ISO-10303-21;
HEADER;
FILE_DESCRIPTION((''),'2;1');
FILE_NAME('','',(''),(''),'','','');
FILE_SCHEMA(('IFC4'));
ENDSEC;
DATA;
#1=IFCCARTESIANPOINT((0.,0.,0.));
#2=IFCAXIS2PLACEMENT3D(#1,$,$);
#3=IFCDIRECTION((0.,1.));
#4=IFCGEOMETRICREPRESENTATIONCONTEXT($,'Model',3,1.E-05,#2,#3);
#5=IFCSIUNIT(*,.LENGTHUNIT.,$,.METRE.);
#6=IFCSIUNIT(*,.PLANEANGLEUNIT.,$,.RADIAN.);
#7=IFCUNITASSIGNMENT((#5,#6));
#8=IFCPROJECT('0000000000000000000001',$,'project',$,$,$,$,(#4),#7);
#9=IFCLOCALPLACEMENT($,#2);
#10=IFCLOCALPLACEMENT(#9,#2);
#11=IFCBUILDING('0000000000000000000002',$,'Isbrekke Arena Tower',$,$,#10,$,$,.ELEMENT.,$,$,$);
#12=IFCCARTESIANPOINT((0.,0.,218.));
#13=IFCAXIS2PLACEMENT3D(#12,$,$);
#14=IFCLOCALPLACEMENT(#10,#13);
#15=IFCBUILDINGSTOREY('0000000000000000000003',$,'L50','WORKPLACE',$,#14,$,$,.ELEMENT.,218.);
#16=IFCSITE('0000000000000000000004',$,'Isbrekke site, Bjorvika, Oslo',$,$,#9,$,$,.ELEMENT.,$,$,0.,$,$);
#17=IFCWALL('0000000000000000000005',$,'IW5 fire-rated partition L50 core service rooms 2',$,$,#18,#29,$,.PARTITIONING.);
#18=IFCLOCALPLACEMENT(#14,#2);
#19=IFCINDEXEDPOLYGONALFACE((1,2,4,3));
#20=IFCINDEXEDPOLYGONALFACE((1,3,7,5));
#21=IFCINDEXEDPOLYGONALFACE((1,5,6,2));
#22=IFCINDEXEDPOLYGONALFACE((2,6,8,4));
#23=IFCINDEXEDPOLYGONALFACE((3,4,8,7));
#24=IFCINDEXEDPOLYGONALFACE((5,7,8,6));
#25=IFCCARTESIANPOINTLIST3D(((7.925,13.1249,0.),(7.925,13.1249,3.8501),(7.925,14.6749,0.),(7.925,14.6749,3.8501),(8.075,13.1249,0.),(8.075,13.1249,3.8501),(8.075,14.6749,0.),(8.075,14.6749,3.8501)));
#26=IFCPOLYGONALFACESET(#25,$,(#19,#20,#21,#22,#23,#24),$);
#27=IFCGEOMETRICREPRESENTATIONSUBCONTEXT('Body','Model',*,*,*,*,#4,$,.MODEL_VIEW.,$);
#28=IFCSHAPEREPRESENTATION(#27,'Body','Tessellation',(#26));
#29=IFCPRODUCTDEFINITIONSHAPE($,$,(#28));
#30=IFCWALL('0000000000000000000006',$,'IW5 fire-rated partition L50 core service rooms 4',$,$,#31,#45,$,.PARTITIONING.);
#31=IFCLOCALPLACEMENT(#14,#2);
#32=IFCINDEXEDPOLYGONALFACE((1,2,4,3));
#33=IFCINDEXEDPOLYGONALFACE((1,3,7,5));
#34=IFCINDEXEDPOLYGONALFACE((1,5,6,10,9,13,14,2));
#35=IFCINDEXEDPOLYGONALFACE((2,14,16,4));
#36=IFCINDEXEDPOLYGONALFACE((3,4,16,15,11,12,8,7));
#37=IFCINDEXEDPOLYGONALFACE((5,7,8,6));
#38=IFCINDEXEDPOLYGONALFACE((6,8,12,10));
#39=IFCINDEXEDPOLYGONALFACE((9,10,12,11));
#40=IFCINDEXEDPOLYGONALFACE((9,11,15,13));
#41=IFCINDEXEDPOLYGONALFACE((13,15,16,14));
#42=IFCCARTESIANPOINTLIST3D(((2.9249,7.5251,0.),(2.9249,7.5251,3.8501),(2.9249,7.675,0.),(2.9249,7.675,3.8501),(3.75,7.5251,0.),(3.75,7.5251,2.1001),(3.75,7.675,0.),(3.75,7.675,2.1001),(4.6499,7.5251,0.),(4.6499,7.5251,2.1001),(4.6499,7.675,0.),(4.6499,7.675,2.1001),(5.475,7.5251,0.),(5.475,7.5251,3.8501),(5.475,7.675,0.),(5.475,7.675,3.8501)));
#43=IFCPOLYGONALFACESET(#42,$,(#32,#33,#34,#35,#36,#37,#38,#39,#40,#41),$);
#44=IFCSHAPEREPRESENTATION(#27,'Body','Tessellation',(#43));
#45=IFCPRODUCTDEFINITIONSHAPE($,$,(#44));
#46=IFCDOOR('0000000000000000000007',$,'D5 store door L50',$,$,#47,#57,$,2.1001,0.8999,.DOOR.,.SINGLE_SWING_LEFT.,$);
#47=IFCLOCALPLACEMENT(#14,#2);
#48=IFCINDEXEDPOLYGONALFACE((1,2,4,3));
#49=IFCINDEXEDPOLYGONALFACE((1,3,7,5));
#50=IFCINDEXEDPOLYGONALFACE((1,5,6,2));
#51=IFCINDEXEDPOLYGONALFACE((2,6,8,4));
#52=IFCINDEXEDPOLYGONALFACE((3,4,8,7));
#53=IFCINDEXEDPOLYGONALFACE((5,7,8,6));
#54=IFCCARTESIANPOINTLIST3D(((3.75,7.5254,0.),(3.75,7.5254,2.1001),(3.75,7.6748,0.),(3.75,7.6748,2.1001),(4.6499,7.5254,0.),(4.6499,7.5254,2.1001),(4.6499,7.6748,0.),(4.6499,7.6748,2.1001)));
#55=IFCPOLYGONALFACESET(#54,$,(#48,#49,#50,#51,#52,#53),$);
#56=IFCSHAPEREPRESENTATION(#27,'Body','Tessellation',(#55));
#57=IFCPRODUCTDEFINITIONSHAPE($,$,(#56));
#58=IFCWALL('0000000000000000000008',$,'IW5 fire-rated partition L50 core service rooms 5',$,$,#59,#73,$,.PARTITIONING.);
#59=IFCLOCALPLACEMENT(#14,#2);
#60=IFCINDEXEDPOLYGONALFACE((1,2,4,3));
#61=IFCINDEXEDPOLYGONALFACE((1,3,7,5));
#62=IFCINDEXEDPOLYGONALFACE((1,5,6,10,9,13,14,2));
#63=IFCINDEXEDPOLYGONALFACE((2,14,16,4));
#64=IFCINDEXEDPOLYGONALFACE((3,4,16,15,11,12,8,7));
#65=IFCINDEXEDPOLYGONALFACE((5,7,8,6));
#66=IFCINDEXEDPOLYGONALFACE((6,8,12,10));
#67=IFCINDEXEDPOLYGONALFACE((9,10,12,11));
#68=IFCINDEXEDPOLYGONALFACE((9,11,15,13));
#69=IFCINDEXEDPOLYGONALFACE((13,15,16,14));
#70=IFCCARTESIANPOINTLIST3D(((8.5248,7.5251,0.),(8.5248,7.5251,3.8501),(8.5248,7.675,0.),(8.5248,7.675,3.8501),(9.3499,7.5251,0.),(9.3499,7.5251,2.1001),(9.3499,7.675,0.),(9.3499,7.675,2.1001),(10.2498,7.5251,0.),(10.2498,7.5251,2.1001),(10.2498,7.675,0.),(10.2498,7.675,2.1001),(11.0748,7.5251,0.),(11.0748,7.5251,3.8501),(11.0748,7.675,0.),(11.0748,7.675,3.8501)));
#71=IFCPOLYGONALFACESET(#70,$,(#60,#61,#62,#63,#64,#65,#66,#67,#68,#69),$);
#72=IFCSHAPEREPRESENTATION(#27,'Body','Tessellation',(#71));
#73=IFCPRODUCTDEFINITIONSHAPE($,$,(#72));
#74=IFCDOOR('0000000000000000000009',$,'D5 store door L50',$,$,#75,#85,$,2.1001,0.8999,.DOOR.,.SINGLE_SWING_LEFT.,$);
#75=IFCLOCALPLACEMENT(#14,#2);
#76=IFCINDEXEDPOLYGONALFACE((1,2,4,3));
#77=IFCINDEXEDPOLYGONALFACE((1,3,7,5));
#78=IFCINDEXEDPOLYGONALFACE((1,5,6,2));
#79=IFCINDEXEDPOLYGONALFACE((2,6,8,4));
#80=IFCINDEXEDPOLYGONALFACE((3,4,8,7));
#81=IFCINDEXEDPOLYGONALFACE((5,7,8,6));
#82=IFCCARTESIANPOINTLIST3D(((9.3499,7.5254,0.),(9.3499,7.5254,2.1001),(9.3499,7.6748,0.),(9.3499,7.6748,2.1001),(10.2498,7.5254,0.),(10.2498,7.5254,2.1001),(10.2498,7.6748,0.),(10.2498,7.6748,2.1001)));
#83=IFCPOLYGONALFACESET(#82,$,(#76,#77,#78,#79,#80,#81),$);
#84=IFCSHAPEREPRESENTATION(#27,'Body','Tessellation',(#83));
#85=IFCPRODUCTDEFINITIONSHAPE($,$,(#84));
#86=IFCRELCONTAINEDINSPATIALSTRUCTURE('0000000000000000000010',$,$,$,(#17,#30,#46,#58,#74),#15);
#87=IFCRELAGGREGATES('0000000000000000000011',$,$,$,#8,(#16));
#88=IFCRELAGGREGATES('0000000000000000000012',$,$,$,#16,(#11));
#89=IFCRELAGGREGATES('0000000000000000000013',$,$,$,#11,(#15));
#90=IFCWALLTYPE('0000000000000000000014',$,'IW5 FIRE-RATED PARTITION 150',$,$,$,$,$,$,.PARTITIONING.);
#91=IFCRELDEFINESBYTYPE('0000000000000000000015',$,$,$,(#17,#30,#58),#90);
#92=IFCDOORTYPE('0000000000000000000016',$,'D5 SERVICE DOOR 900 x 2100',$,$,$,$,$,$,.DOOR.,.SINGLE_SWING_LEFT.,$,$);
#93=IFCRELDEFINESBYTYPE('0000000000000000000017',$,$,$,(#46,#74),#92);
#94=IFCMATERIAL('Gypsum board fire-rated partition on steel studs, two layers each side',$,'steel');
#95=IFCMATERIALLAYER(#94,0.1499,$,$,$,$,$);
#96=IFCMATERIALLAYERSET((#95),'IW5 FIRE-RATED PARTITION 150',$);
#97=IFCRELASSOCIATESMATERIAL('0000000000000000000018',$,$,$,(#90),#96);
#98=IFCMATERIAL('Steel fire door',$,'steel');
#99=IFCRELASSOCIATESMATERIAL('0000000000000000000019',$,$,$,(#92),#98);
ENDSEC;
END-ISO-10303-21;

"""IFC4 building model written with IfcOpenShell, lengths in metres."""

from ifc_helpers import new_model, si_unit, direction, frame, frame_2d, origin, place, context, subcontext, project, spatial, rectangle, extrude, material, layer, layer_set, type_object, element, fill, save


model = new_model("IFC4")

# Units and contexts
model_context = context("Model", 3, precision=1e-05, world=origin(), true_north=direction((0.0, 1.0)))
body_context = subcontext(model_context, "Body", "Model", "MODEL_VIEW")
ifc_project = project(units=[si_unit("LENGTHUNIT", "METRE"), si_unit("PLANEANGLEUNIT", "RADIAN")], contexts=[model_context])

# Site, building, storey
site_placement = place(None, origin())
site = spatial("IfcSite", under=ifc_project, at=site_placement, Name="Isbrekke site, Bjorvika, Oslo", CompositionType="ELEMENT", RefElevation=0.0)
building_placement = place(site_placement, origin())
building = spatial("IfcBuilding", under=site, at=building_placement, Name="Isbrekke Arena Tower", CompositionType="ELEMENT")
storey_placement = place(building_placement, frame((0.0, 0.0, 218.0)))
storey = spatial("IfcBuildingStorey", under=building, at=storey_placement, Name="L50", Description="WORKPLACE", CompositionType="ELEMENT", Elevation=218.0)

# Wall
ifc_material_1 = material(Name="Gypsum board fire-rated partition on steel studs, two layers each side", Category="steel")
ifc_layer_1 = layer(ifc_material_1, 0.1499)
ifc_layer_set_1 = layer_set([ifc_layer_1], Name="IW5 FIRE-RATED PARTITION 150")
wall_type_1 = type_object("IfcWallType", Name="IW5 FIRE-RATED PARTITION 150", PredefinedType="PARTITIONING", material=ifc_layer_set_1)
wall_1_placement = place(storey_placement, frame((8.0, 13.125, 0.0), z_axis=(0.0, 0.0, 1.0), x_axis=(0.0, 1.0, 0.0)))
element("IfcWall", 1, at=wall_1_placement, inside=storey, type_object=wall_type_1, Name="IW5 fire-rated partition L50 core service rooms 2", PredefinedType="PARTITIONING", context=body_context, shape_type="SweptSolid", body=[
    extrude(rectangle(XDim=1.55, YDim=0.1499, at=frame_2d((0.7749, 0.0))), origin(), (0.0, 0.0, 1.0), 3.8501),
])

# Walls, openings, doors
wall_2_placement = place(storey_placement, frame((2.925, 7.6001, 0.0), z_axis=(0.0, 0.0, 1.0), x_axis=(1.0, 0.0, 0.0)))
wall_2 = element("IfcWall", 2, at=wall_2_placement, inside=storey, type_object=wall_type_1, Name="IW5 fire-rated partition L50 core service rooms 4", PredefinedType="PARTITIONING", context=body_context, shape_type="SweptSolid", body=[
    extrude(rectangle(XDim=2.55, YDim=0.1499, at=frame_2d((1.2749, 0.0))), origin(), (0.0, 0.0, 1.0), 3.8501),
])
opening_1_placement = place(wall_2_placement, frame((0.825, 0.0, 0.0)))
opening_1 = element("IfcOpeningElement", 3, at=opening_1_placement, cuts=wall_2, PredefinedType="OPENING", context=body_context, shape_type="SweptSolid", body=[
    extrude(rectangle(XDim=0.8999, YDim=2.1001, at=frame_2d((0.45, 1.05))), frame((0.0, 0.0898, 0.0), z_axis=(0.0, -1.0, 0.0), x_axis=(1.0, 0.0, 0.0)), (0.0, 0.0, 1.0), 0.1797),
])
ifc_material_2 = material(Name="Steel fire door", Category="steel")
door_type_1 = type_object("IfcDoorType", Name="D5 SERVICE DOOR 900 x 2100", OperationType="SINGLE_SWING_LEFT", PredefinedType="DOOR", material=ifc_material_2)
door_1_placement = place(opening_1_placement, origin())
door_1 = element("IfcDoor", 4, at=door_1_placement, inside=storey, type_object=door_type_1, Name="D5 store door L50", OperationType="SINGLE_SWING_LEFT", OverallHeight=2.1001, OverallWidth=0.8999, PredefinedType="DOOR", context=body_context, shape_type="SweptSolid", body=[
    extrude(rectangle(XDim=0.8999, YDim=2.1001, at=frame_2d((0.45, 1.05))), frame((0.0, 0.0747, 0.0), z_axis=(0.0, -1.0, 0.0), x_axis=(1.0, 0.0, 0.0)), (0.0, 0.0, 1.0), 0.1494),
])
fill(opening_1, door_1)
wall_3_placement = place(storey_placement, frame((8.5249, 7.6001, 0.0), z_axis=(0.0, 0.0, 1.0), x_axis=(1.0, 0.0, 0.0)))
wall_3 = element("IfcWall", 5, at=wall_3_placement, inside=storey, type_object=wall_type_1, Name="IW5 fire-rated partition L50 core service rooms 5", PredefinedType="PARTITIONING", context=body_context, shape_type="SweptSolid", body=[
    extrude(rectangle(XDim=2.55, YDim=0.1499, at=frame_2d((1.2749, 0.0))), origin(), (0.0, 0.0, 1.0), 3.8501),
])
opening_2_placement = place(wall_3_placement, frame((0.825, 0.0, 0.0)))
opening_2 = element("IfcOpeningElement", 6, at=opening_2_placement, cuts=wall_3, PredefinedType="OPENING", context=body_context, shape_type="SweptSolid", body=[
    extrude(rectangle(XDim=0.8999, YDim=2.1001, at=frame_2d((0.45, 1.05))), frame((0.0, 0.0898, 0.0), z_axis=(0.0, -1.0, 0.0), x_axis=(1.0, 0.0, 0.0)), (0.0, 0.0, 1.0), 0.1797),
])
door_2_placement = place(opening_2_placement, origin())
door_2 = element("IfcDoor", 7, at=door_2_placement, inside=storey, type_object=door_type_1, Name="D5 store door L50", OperationType="SINGLE_SWING_LEFT", OverallHeight=2.1001, OverallWidth=0.8999, PredefinedType="DOOR", context=body_context, shape_type="SweptSolid", body=[
    extrude(rectangle(XDim=0.8999, YDim=2.1001, at=frame_2d((0.45, 1.05))), frame((0.0, 0.0747, 0.0), z_axis=(0.0, -1.0, 0.0), x_axis=(1.0, 0.0, 0.0)), (0.0, 0.0, 1.0), 0.1494),
])
fill(opening_2, door_2)

save(model, "model.ifc")
